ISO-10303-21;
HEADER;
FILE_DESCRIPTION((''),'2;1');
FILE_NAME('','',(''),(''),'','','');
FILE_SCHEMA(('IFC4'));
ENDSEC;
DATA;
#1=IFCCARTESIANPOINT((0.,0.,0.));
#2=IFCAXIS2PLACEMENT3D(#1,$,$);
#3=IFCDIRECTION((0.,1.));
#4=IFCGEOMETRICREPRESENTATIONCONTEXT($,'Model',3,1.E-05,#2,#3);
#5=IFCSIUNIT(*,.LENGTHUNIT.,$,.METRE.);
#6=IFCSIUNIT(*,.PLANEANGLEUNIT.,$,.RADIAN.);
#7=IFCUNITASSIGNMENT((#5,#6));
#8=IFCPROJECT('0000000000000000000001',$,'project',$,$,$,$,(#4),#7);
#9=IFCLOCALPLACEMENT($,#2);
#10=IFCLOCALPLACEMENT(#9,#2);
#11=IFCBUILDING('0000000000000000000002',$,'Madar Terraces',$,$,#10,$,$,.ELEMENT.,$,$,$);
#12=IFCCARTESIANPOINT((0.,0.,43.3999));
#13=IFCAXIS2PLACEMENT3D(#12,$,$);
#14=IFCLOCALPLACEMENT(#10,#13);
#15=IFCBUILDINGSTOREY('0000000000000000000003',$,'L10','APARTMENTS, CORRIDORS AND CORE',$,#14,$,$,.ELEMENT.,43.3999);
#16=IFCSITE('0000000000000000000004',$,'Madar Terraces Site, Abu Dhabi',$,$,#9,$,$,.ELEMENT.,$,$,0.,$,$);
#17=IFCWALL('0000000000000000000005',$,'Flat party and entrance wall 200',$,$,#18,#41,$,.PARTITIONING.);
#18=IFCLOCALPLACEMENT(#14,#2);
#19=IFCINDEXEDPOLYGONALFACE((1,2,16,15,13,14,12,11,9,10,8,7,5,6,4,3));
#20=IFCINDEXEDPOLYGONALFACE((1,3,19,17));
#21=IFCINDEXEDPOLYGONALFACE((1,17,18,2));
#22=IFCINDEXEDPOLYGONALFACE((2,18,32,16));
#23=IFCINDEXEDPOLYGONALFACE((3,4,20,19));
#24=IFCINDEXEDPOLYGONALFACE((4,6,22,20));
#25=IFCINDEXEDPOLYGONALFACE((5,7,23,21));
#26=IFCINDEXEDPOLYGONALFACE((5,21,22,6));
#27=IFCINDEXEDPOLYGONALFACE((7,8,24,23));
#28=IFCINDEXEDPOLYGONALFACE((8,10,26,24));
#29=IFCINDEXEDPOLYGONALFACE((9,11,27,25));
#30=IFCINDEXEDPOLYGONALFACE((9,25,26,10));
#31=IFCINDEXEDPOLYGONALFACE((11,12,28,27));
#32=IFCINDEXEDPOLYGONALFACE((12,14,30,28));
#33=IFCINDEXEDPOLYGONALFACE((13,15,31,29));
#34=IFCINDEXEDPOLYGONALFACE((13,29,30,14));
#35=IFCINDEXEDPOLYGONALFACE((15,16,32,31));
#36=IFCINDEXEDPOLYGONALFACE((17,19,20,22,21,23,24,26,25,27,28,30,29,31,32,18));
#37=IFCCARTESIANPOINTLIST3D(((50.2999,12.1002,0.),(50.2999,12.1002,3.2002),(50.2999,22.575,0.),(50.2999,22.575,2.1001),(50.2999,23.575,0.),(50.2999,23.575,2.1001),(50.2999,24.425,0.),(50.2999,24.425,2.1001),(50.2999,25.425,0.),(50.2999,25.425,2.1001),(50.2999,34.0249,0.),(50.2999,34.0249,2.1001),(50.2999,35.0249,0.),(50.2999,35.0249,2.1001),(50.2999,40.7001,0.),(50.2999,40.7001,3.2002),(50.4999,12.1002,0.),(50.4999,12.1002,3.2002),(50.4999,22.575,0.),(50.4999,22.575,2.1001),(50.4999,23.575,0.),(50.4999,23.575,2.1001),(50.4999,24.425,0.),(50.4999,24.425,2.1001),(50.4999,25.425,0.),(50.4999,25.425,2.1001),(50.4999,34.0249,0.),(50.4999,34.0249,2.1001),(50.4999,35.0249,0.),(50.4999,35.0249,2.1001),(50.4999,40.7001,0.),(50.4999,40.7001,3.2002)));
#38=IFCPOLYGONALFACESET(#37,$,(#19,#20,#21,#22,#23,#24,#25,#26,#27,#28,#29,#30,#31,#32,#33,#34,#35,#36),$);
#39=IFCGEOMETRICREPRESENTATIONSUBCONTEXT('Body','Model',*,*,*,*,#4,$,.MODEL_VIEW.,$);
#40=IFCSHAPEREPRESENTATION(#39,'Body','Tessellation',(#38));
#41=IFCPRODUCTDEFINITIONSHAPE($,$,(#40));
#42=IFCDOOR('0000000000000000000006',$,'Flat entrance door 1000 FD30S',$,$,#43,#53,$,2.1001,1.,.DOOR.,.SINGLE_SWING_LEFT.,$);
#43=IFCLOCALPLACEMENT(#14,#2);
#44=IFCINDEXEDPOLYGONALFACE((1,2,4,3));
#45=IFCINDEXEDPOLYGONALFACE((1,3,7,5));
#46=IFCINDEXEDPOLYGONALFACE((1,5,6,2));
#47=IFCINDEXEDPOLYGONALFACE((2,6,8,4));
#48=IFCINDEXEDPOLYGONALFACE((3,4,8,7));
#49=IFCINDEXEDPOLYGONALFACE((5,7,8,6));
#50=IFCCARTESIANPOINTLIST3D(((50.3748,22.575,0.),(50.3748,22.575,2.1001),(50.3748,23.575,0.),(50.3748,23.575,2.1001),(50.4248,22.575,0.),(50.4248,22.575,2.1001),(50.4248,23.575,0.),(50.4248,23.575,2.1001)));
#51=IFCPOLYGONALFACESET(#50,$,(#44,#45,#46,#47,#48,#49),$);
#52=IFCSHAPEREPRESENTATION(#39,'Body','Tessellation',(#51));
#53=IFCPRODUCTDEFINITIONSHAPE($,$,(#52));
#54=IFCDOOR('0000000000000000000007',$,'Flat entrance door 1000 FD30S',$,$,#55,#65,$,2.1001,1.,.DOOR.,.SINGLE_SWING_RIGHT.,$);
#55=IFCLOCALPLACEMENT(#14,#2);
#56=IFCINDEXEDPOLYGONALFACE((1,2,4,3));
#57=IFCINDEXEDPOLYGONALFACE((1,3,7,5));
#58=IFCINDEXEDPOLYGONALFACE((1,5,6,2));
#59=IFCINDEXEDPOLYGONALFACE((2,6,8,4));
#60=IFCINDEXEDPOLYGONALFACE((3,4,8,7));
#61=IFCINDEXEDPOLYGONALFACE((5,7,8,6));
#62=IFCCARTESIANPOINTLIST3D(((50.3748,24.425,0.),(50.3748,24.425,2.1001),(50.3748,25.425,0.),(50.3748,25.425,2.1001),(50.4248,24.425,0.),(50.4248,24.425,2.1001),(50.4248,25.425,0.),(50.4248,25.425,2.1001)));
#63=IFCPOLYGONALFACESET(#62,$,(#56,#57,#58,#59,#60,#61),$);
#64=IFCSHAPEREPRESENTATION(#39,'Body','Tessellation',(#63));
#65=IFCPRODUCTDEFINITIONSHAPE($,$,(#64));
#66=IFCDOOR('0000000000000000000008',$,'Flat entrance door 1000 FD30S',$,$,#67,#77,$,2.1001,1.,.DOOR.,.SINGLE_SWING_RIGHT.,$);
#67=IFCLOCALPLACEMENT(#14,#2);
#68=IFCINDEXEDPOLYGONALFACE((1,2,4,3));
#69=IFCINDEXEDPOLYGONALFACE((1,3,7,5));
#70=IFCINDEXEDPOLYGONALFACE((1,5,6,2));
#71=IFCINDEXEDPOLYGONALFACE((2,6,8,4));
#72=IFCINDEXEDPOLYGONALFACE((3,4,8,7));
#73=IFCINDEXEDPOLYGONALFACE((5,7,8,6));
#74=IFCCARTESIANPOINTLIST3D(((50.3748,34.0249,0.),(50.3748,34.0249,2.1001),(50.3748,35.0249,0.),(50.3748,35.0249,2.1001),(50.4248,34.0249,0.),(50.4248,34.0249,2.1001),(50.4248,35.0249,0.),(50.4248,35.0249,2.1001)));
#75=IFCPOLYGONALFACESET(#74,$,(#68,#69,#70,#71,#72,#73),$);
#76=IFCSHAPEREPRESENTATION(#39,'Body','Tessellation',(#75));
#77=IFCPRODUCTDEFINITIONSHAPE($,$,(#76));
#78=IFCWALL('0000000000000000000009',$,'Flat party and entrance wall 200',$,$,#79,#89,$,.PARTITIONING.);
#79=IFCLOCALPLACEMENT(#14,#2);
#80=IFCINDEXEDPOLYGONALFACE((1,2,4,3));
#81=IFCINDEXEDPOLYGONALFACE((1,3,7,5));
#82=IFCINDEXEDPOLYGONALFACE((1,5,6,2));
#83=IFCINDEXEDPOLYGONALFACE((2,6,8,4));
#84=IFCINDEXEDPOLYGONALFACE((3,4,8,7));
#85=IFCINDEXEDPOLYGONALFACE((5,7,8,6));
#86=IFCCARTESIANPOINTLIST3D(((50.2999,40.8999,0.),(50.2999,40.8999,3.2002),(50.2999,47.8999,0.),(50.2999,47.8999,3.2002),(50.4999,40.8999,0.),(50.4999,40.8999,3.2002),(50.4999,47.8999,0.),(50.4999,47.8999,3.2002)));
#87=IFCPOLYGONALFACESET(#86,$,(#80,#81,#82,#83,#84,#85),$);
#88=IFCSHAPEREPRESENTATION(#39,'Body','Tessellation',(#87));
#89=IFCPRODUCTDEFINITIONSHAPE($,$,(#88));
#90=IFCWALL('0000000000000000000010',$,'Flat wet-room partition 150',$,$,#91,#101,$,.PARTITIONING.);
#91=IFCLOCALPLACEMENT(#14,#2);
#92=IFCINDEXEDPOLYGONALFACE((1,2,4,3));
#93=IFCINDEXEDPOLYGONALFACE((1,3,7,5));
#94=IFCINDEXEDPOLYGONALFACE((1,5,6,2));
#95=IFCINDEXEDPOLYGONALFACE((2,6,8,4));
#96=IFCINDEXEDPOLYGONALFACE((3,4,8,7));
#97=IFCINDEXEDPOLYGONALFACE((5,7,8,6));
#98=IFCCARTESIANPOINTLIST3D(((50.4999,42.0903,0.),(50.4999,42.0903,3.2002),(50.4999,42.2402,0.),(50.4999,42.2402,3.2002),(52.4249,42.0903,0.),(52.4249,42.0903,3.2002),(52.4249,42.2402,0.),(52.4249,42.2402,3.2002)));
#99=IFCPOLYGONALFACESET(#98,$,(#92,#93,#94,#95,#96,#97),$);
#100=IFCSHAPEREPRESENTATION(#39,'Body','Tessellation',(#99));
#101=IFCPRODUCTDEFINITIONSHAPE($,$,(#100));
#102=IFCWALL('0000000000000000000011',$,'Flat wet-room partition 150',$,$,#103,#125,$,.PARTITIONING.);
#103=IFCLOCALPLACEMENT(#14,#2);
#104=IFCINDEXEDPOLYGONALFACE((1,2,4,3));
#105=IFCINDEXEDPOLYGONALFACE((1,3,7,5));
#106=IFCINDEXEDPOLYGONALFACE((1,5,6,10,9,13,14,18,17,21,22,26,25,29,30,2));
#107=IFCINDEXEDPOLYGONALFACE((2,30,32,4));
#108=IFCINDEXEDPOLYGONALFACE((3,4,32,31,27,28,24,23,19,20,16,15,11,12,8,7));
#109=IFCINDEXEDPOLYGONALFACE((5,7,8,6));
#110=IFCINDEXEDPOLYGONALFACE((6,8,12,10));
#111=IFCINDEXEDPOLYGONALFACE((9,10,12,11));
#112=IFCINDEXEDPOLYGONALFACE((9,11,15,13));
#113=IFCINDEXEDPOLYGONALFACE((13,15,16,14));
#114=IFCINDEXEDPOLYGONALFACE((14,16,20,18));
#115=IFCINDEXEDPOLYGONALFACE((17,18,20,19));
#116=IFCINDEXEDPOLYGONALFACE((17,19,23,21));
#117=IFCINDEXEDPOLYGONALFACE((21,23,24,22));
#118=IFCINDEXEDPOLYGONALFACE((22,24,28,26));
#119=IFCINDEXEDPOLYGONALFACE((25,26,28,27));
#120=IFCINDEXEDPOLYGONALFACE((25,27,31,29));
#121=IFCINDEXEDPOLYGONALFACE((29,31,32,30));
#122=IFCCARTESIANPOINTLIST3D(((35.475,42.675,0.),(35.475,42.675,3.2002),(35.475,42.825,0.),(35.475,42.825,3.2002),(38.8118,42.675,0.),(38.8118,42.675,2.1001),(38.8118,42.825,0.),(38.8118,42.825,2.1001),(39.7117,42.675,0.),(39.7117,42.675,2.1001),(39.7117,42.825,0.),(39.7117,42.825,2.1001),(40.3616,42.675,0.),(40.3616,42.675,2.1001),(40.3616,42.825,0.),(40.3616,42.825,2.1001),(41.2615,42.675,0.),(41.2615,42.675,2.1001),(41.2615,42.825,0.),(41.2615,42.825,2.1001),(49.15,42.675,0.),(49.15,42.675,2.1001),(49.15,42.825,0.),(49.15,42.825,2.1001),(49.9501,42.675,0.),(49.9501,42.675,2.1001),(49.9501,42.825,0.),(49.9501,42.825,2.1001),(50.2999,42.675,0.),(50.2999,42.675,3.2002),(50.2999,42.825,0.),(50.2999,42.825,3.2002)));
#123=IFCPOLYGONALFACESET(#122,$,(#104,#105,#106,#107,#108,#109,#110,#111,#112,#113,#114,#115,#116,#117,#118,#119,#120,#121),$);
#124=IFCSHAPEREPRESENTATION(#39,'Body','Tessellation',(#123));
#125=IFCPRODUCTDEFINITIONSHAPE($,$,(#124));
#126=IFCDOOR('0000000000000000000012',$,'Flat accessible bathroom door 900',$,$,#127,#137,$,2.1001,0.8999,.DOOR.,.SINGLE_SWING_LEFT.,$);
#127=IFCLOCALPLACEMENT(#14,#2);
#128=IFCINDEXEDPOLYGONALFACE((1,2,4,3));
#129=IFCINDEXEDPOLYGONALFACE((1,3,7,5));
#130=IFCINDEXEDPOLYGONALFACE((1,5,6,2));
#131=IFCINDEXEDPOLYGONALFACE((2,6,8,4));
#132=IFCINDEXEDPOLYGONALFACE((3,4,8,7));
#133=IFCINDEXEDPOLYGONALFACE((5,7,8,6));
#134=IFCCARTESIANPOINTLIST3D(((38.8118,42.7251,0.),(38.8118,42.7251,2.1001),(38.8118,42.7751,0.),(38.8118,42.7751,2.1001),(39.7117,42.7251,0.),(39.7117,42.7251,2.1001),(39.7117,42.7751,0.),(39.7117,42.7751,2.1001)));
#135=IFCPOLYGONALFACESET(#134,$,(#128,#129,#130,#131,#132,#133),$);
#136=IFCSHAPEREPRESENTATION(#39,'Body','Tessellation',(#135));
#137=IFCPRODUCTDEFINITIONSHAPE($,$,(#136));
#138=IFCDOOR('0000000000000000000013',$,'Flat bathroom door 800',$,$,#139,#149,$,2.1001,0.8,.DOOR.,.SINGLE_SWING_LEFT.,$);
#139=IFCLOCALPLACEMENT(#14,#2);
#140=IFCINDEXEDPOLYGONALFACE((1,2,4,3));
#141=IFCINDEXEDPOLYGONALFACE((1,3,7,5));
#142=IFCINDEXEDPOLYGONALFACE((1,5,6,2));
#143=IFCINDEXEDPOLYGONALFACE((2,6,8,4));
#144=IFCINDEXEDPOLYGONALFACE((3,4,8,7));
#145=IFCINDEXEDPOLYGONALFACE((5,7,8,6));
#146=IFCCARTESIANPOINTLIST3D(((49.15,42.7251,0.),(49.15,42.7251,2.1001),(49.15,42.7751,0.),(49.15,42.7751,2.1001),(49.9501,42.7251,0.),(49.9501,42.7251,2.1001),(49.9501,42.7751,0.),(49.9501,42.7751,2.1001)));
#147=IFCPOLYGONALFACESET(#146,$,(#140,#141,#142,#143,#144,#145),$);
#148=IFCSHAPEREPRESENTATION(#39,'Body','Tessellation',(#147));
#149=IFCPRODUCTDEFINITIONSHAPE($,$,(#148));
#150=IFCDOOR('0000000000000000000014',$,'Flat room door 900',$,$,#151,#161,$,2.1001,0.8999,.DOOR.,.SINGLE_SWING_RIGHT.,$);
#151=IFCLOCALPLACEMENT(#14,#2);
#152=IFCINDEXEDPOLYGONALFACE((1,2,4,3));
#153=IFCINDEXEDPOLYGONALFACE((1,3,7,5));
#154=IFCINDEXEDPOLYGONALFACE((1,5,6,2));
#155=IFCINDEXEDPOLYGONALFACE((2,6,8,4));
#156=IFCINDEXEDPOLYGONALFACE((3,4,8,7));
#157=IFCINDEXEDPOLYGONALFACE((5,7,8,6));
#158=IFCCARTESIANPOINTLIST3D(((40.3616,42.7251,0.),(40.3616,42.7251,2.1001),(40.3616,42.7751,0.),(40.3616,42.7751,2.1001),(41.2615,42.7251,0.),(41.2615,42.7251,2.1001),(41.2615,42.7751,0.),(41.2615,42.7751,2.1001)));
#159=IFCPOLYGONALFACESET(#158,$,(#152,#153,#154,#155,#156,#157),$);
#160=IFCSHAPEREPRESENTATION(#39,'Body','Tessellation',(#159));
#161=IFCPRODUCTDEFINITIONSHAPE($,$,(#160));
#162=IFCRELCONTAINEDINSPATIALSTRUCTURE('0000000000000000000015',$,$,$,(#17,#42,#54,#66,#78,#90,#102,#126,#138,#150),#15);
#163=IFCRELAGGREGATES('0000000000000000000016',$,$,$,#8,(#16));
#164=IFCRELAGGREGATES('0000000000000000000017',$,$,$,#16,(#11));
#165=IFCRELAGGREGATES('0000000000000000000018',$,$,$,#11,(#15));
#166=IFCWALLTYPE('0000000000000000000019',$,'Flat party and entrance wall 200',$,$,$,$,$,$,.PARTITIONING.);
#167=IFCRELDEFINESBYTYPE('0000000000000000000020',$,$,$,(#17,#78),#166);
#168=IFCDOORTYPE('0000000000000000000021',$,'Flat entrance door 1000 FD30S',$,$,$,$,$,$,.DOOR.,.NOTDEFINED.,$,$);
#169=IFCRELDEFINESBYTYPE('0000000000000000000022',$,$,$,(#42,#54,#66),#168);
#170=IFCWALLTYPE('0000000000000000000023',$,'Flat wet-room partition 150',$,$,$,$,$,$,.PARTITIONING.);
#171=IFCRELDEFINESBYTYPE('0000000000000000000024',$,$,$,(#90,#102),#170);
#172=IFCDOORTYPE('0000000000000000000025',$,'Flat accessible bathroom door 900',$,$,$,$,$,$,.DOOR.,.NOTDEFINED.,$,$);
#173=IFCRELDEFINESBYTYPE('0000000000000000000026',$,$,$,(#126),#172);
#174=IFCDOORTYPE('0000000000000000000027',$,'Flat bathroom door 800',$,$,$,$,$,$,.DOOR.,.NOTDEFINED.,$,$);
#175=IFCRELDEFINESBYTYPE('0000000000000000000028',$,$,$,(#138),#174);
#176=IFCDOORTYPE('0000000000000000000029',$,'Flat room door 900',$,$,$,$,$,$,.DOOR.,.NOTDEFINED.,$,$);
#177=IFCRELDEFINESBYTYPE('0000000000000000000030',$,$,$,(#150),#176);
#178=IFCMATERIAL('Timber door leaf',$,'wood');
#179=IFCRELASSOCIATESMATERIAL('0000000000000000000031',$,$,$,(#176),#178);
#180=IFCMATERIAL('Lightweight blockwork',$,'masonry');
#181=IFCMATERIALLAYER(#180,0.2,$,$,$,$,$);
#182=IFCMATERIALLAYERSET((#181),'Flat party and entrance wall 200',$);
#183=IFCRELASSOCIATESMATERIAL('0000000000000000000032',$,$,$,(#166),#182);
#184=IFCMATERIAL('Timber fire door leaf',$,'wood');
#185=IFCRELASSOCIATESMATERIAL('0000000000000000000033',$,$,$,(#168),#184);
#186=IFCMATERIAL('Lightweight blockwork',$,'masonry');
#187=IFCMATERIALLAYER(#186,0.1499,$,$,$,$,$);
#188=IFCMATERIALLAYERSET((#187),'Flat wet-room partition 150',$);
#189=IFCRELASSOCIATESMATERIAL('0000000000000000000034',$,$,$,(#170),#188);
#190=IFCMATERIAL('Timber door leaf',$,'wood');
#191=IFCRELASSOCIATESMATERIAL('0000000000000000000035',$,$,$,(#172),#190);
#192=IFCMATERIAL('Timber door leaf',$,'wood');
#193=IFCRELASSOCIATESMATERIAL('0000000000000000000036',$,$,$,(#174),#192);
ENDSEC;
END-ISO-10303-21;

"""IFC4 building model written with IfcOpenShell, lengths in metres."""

from ifc_helpers import new_model, si_unit, direction, frame, frame_2d, origin, place, context, subcontext, project, spatial, rectangle, extrude, material, layer, layer_set, type_object, element, fill, save


model = new_model("IFC4")

# Units and contexts
model_context = context("Model", 3, precision=1e-05, world=origin(), true_north=direction((0.0, 1.0)))
body_context = subcontext(model_context, "Body", "Model", "MODEL_VIEW")
ifc_project = project(units=[si_unit("LENGTHUNIT", "METRE"), si_unit("PLANEANGLEUNIT", "RADIAN")], contexts=[model_context])

# Site, building, storey
site_placement = place(None, origin())
site = spatial("IfcSite", under=ifc_project, at=site_placement, Name="Madar Terraces Site, Abu Dhabi", CompositionType="ELEMENT", RefElevation=0.0)
building_placement = place(site_placement, origin())
building = spatial("IfcBuilding", under=site, at=building_placement, Name="Madar Terraces", CompositionType="ELEMENT")
storey_placement = place(building_placement, frame((0.0, 0.0, 43.3999)))
storey = spatial("IfcBuildingStorey", under=building, at=storey_placement, Name="L10", Description="APARTMENTS, CORRIDORS AND CORE", CompositionType="ELEMENT", Elevation=43.3999)

# Wall, openings, doors
ifc_material_1 = material(Name="Timber door leaf", Category="wood")
door_type_1 = type_object("IfcDoorType", Name="Flat room door 900", OperationType="NOTDEFINED", PredefinedType="DOOR", material=ifc_material_1)
ifc_material_2 = material(Name="Lightweight blockwork", Category="masonry")
ifc_layer_1 = layer(ifc_material_2, 0.2)
ifc_layer_set_1 = layer_set([ifc_layer_1], Name="Flat party and entrance wall 200")
wall_type_1 = type_object("IfcWallType", Name="Flat party and entrance wall 200", PredefinedType="PARTITIONING", material=ifc_layer_set_1)
wall_1_placement = place(storey_placement, frame((50.3999, 40.7, 0.0), z_axis=(0.0, 0.0, 1.0), x_axis=(0.0, -1.0, 0.0)))
wall_1 = element("IfcWall", 1, at=wall_1_placement, inside=storey, type_object=wall_type_1, Name="Flat party and entrance wall 200", PredefinedType="PARTITIONING", context=body_context, shape_type="SweptSolid", body=[
    extrude(rectangle(XDim=28.5999, YDim=0.2, at=frame_2d((14.2998, 0.0))), origin(), (0.0, 0.0, 1.0), 3.2002),
])
opening_1_placement = place(wall_1_placement, frame((17.125, 0.0, 0.0)))
opening_1 = element("IfcOpeningElement", 2, at=opening_1_placement, cuts=wall_1, PredefinedType="OPENING", context=body_context, shape_type="SweptSolid", body=[
    extrude(rectangle(XDim=1.0, YDim=2.1001, at=frame_2d((0.5, 1.05))), frame((0.0, 0.1099, 0.0), z_axis=(0.0, -1.0, 0.0), x_axis=(1.0, 0.0, 0.0)), (0.0, 0.0, 1.0), 0.22),
])
opening_2_placement = place(wall_1_placement, frame((15.2749, 0.0, 0.0)))
opening_2 = element("IfcOpeningElement", 3, at=opening_2_placement, cuts=wall_1, PredefinedType="OPENING", context=body_context, shape_type="SweptSolid", body=[
    extrude(rectangle(XDim=1.0, YDim=2.1001, at=frame_2d((0.5, 1.05))), frame((0.0, 0.1099, 0.0), z_axis=(0.0, -1.0, 0.0), x_axis=(1.0, 0.0, 0.0)), (0.0, 0.0, 1.0), 0.22),
])
opening_3_placement = place(wall_1_placement, frame((5.675, 0.0, 0.0)))
opening_3 = element("IfcOpeningElement", 4, at=opening_3_placement, cuts=wall_1, PredefinedType="OPENING", context=body_context, shape_type="SweptSolid", body=[
    extrude(rectangle(XDim=1.0, YDim=2.1001, at=frame_2d((0.5, 1.05))), frame((0.0, 0.1099, 0.0), z_axis=(0.0, -1.0, 0.0), x_axis=(1.0, 0.0, 0.0)), (0.0, 0.0, 1.0), 0.22),
])
ifc_material_3 = material(Name="Timber fire door leaf", Category="wood")
door_type_2 = type_object("IfcDoorType", Name="Flat entrance door 1000 FD30S", OperationType="NOTDEFINED", PredefinedType="DOOR", material=ifc_material_3)
door_1_placement = place(opening_1_placement, origin())
door_1 = element("IfcDoor", 5, at=door_1_placement, inside=storey, type_object=door_type_2, Name="Flat entrance door 1000 FD30S", OperationType="SINGLE_SWING_LEFT", OverallHeight=2.1001, OverallWidth=1.0, PredefinedType="DOOR", context=body_context, shape_type="SweptSolid", body=[
    extrude(rectangle(XDim=1.0, YDim=2.1001, at=frame_2d((0.5, 1.05))), frame((0.0, 0.0249, 0.0), z_axis=(0.0, -1.0, 0.0), x_axis=(1.0, 0.0, 0.0)), (0.0, 0.0, 1.0), 0.05),
])
fill(opening_1, door_1)
door_2_placement = place(opening_2_placement, origin())
door_2 = element("IfcDoor", 6, at=door_2_placement, inside=storey, type_object=door_type_2, Name="Flat entrance door 1000 FD30S", OperationType="SINGLE_SWING_RIGHT", OverallHeight=2.1001, OverallWidth=1.0, PredefinedType="DOOR", context=body_context, shape_type="SweptSolid", body=[
    extrude(rectangle(XDim=1.0, YDim=2.1001, at=frame_2d((0.5, 1.05))), frame((0.0, 0.0249, 0.0), z_axis=(0.0, -1.0, 0.0), x_axis=(1.0, 0.0, 0.0)), (0.0, 0.0, 1.0), 0.05),
])
fill(opening_2, door_2)
door_3_placement = place(opening_3_placement, origin())
door_3 = element("IfcDoor", 7, at=door_3_placement, inside=storey, type_object=door_type_2, Name="Flat entrance door 1000 FD30S", OperationType="SINGLE_SWING_RIGHT", OverallHeight=2.1001, OverallWidth=1.0, PredefinedType="DOOR", context=body_context, shape_type="SweptSolid", body=[
    extrude(rectangle(XDim=1.0, YDim=2.1001, at=frame_2d((0.5, 1.05))), frame((0.0, 0.0249, 0.0), z_axis=(0.0, -1.0, 0.0), x_axis=(1.0, 0.0, 0.0)), (0.0, 0.0, 1.0), 0.05),
])
fill(opening_3, door_3)

# Walls
wall_2_placement = place(storey_placement, frame((50.3999, 40.8999, 0.0), z_axis=(0.0, 0.0, 1.0), x_axis=(0.0, 1.0, 0.0)))
element("IfcWall", 8, at=wall_2_placement, inside=storey, type_object=wall_type_1, Name="Flat party and entrance wall 200", PredefinedType="PARTITIONING", context=body_context, shape_type="SweptSolid", body=[
    extrude(rectangle(XDim=7.0, YDim=0.2, at=frame_2d((3.5, 0.0))), origin(), (0.0, 0.0, 1.0), 3.2002),
])
ifc_material_4 = material(Name="Lightweight blockwork", Category="masonry")
ifc_layer_2 = layer(ifc_material_4, 0.1499)
ifc_layer_set_2 = layer_set([ifc_layer_2], Name="Flat wet-room partition 150")
wall_type_2 = type_object("IfcWallType", Name="Flat wet-room partition 150", PredefinedType="PARTITIONING", material=ifc_layer_set_2)
wall_3_placement = place(storey_placement, frame((50.5, 42.1653, 0.0), z_axis=(0.0, 0.0, 1.0), x_axis=(1.0, 0.0, 0.0)))
element("IfcWall", 9, at=wall_3_placement, inside=storey, type_object=wall_type_2, Name="Flat wet-room partition 150", PredefinedType="PARTITIONING", context=body_context, shape_type="SweptSolid", body=[
    extrude(rectangle(XDim=1.925, YDim=0.1499, at=frame_2d((0.9624, 0.0))), origin(), (0.0, 0.0, 1.0), 3.2002),
])

# Wall, openings, doors
wall_4_placement = place(storey_placement, frame((50.3, 42.75, 0.0), z_axis=(0.0, 0.0, 1.0), x_axis=(-1.0, 0.0, 0.0)))
wall_4 = element("IfcWall", 10, at=wall_4_placement, inside=storey, type_object=wall_type_2, Name="Flat wet-room partition 150", PredefinedType="PARTITIONING", context=body_context, shape_type="SweptSolid", body=[
    extrude(rectangle(XDim=14.825, YDim=0.1499, at=frame_2d((7.4126, 0.0))), origin(), (0.0, 0.0, 1.0), 3.2002),
])
opening_4_placement = place(wall_4_placement, frame((10.5884, 0.0, 0.0)))
opening_4 = element("IfcOpeningElement", 11, at=opening_4_placement, cuts=wall_4, PredefinedType="OPENING", context=body_context, shape_type="SweptSolid", body=[
    extrude(rectangle(XDim=0.8999, YDim=2.1001, at=frame_2d((0.45, 1.05))), frame((0.0, 0.085, 0.0), z_axis=(0.0, -1.0, 0.0), x_axis=(1.0, 0.0, 0.0)), (0.0, 0.0, 1.0), 0.1699),
])
opening_5_placement = place(wall_4_placement, frame((9.0386, 0.0, 0.0)))
opening_5 = element("IfcOpeningElement", 12, at=opening_5_placement, cuts=wall_4, PredefinedType="OPENING", context=body_context, shape_type="SweptSolid", body=[
    extrude(rectangle(XDim=0.8999, YDim=2.1001, at=frame_2d((0.45, 1.05))), frame((0.0, 0.085, 0.0), z_axis=(0.0, -1.0, 0.0), x_axis=(1.0, 0.0, 0.0)), (0.0, 0.0, 1.0), 0.1699),
])
opening_6_placement = place(wall_4_placement, frame((0.3501, 0.0, 0.0)))
opening_6 = element("IfcOpeningElement", 13, at=opening_6_placement, cuts=wall_4, PredefinedType="OPENING", context=body_context, shape_type="SweptSolid", body=[
    extrude(rectangle(XDim=0.8, YDim=2.1001, at=frame_2d((0.3999, 1.05))), frame((0.0, 0.085, 0.0), z_axis=(0.0, -1.0, 0.0), x_axis=(1.0, 0.0, 0.0)), (0.0, 0.0, 1.0), 0.1699),
])
ifc_material_5 = material(Name="Timber door leaf", Category="wood")
door_type_3 = type_object("IfcDoorType", Name="Flat accessible bathroom door 900", OperationType="NOTDEFINED", PredefinedType="DOOR", material=ifc_material_5)
door_4_placement = place(opening_4_placement, origin())
door_4 = element("IfcDoor", 14, at=door_4_placement, inside=storey, type_object=door_type_3, Name="Flat accessible bathroom door 900", OperationType="SINGLE_SWING_LEFT", OverallHeight=2.1001, OverallWidth=0.8999, PredefinedType="DOOR", context=body_context, shape_type="SweptSolid", body=[
    extrude(rectangle(XDim=0.8999, YDim=2.1001, at=frame_2d((0.45, 1.05))), frame((0.0, 0.0249, 0.0), z_axis=(0.0, -1.0, 0.0), x_axis=(1.0, 0.0, 0.0)), (0.0, 0.0, 1.0), 0.05),
])
fill(opening_4, door_4)
ifc_material_6 = material(Name="Timber door leaf", Category="wood")
door_type_4 = type_object("IfcDoorType", Name="Flat bathroom door 800", OperationType="NOTDEFINED", PredefinedType="DOOR", material=ifc_material_6)
door_5_placement = place(opening_6_placement, origin())
door_5 = element("IfcDoor", 15, at=door_5_placement, inside=storey, type_object=door_type_4, Name="Flat bathroom door 800", OperationType="SINGLE_SWING_LEFT", OverallHeight=2.1001, OverallWidth=0.8, PredefinedType="DOOR", context=body_context, shape_type="SweptSolid", body=[
    extrude(rectangle(XDim=0.8, YDim=2.1001, at=frame_2d((0.3999, 1.05))), frame((0.0, 0.0249, 0.0), z_axis=(0.0, -1.0, 0.0), x_axis=(1.0, 0.0, 0.0)), (0.0, 0.0, 1.0), 0.05),
])
fill(opening_6, door_5)
door_6_placement = place(opening_5_placement, origin())
door_6 = element("IfcDoor", 16, at=door_6_placement, inside=storey, type_object=door_type_1, Name="Flat room door 900", OperationType="SINGLE_SWING_RIGHT", OverallHeight=2.1001, OverallWidth=0.8999, PredefinedType="DOOR", context=body_context, shape_type="SweptSolid", body=[
    extrude(rectangle(XDim=0.8999, YDim=2.1001, at=frame_2d((0.45, 1.05))), frame((0.0, 0.0249, 0.0), z_axis=(0.0, -1.0, 0.0), x_axis=(1.0, 0.0, 0.0)), (0.0, 0.0, 1.0), 0.05),
])
fill(opening_5, door_6)

save(model, "model.ifc")
